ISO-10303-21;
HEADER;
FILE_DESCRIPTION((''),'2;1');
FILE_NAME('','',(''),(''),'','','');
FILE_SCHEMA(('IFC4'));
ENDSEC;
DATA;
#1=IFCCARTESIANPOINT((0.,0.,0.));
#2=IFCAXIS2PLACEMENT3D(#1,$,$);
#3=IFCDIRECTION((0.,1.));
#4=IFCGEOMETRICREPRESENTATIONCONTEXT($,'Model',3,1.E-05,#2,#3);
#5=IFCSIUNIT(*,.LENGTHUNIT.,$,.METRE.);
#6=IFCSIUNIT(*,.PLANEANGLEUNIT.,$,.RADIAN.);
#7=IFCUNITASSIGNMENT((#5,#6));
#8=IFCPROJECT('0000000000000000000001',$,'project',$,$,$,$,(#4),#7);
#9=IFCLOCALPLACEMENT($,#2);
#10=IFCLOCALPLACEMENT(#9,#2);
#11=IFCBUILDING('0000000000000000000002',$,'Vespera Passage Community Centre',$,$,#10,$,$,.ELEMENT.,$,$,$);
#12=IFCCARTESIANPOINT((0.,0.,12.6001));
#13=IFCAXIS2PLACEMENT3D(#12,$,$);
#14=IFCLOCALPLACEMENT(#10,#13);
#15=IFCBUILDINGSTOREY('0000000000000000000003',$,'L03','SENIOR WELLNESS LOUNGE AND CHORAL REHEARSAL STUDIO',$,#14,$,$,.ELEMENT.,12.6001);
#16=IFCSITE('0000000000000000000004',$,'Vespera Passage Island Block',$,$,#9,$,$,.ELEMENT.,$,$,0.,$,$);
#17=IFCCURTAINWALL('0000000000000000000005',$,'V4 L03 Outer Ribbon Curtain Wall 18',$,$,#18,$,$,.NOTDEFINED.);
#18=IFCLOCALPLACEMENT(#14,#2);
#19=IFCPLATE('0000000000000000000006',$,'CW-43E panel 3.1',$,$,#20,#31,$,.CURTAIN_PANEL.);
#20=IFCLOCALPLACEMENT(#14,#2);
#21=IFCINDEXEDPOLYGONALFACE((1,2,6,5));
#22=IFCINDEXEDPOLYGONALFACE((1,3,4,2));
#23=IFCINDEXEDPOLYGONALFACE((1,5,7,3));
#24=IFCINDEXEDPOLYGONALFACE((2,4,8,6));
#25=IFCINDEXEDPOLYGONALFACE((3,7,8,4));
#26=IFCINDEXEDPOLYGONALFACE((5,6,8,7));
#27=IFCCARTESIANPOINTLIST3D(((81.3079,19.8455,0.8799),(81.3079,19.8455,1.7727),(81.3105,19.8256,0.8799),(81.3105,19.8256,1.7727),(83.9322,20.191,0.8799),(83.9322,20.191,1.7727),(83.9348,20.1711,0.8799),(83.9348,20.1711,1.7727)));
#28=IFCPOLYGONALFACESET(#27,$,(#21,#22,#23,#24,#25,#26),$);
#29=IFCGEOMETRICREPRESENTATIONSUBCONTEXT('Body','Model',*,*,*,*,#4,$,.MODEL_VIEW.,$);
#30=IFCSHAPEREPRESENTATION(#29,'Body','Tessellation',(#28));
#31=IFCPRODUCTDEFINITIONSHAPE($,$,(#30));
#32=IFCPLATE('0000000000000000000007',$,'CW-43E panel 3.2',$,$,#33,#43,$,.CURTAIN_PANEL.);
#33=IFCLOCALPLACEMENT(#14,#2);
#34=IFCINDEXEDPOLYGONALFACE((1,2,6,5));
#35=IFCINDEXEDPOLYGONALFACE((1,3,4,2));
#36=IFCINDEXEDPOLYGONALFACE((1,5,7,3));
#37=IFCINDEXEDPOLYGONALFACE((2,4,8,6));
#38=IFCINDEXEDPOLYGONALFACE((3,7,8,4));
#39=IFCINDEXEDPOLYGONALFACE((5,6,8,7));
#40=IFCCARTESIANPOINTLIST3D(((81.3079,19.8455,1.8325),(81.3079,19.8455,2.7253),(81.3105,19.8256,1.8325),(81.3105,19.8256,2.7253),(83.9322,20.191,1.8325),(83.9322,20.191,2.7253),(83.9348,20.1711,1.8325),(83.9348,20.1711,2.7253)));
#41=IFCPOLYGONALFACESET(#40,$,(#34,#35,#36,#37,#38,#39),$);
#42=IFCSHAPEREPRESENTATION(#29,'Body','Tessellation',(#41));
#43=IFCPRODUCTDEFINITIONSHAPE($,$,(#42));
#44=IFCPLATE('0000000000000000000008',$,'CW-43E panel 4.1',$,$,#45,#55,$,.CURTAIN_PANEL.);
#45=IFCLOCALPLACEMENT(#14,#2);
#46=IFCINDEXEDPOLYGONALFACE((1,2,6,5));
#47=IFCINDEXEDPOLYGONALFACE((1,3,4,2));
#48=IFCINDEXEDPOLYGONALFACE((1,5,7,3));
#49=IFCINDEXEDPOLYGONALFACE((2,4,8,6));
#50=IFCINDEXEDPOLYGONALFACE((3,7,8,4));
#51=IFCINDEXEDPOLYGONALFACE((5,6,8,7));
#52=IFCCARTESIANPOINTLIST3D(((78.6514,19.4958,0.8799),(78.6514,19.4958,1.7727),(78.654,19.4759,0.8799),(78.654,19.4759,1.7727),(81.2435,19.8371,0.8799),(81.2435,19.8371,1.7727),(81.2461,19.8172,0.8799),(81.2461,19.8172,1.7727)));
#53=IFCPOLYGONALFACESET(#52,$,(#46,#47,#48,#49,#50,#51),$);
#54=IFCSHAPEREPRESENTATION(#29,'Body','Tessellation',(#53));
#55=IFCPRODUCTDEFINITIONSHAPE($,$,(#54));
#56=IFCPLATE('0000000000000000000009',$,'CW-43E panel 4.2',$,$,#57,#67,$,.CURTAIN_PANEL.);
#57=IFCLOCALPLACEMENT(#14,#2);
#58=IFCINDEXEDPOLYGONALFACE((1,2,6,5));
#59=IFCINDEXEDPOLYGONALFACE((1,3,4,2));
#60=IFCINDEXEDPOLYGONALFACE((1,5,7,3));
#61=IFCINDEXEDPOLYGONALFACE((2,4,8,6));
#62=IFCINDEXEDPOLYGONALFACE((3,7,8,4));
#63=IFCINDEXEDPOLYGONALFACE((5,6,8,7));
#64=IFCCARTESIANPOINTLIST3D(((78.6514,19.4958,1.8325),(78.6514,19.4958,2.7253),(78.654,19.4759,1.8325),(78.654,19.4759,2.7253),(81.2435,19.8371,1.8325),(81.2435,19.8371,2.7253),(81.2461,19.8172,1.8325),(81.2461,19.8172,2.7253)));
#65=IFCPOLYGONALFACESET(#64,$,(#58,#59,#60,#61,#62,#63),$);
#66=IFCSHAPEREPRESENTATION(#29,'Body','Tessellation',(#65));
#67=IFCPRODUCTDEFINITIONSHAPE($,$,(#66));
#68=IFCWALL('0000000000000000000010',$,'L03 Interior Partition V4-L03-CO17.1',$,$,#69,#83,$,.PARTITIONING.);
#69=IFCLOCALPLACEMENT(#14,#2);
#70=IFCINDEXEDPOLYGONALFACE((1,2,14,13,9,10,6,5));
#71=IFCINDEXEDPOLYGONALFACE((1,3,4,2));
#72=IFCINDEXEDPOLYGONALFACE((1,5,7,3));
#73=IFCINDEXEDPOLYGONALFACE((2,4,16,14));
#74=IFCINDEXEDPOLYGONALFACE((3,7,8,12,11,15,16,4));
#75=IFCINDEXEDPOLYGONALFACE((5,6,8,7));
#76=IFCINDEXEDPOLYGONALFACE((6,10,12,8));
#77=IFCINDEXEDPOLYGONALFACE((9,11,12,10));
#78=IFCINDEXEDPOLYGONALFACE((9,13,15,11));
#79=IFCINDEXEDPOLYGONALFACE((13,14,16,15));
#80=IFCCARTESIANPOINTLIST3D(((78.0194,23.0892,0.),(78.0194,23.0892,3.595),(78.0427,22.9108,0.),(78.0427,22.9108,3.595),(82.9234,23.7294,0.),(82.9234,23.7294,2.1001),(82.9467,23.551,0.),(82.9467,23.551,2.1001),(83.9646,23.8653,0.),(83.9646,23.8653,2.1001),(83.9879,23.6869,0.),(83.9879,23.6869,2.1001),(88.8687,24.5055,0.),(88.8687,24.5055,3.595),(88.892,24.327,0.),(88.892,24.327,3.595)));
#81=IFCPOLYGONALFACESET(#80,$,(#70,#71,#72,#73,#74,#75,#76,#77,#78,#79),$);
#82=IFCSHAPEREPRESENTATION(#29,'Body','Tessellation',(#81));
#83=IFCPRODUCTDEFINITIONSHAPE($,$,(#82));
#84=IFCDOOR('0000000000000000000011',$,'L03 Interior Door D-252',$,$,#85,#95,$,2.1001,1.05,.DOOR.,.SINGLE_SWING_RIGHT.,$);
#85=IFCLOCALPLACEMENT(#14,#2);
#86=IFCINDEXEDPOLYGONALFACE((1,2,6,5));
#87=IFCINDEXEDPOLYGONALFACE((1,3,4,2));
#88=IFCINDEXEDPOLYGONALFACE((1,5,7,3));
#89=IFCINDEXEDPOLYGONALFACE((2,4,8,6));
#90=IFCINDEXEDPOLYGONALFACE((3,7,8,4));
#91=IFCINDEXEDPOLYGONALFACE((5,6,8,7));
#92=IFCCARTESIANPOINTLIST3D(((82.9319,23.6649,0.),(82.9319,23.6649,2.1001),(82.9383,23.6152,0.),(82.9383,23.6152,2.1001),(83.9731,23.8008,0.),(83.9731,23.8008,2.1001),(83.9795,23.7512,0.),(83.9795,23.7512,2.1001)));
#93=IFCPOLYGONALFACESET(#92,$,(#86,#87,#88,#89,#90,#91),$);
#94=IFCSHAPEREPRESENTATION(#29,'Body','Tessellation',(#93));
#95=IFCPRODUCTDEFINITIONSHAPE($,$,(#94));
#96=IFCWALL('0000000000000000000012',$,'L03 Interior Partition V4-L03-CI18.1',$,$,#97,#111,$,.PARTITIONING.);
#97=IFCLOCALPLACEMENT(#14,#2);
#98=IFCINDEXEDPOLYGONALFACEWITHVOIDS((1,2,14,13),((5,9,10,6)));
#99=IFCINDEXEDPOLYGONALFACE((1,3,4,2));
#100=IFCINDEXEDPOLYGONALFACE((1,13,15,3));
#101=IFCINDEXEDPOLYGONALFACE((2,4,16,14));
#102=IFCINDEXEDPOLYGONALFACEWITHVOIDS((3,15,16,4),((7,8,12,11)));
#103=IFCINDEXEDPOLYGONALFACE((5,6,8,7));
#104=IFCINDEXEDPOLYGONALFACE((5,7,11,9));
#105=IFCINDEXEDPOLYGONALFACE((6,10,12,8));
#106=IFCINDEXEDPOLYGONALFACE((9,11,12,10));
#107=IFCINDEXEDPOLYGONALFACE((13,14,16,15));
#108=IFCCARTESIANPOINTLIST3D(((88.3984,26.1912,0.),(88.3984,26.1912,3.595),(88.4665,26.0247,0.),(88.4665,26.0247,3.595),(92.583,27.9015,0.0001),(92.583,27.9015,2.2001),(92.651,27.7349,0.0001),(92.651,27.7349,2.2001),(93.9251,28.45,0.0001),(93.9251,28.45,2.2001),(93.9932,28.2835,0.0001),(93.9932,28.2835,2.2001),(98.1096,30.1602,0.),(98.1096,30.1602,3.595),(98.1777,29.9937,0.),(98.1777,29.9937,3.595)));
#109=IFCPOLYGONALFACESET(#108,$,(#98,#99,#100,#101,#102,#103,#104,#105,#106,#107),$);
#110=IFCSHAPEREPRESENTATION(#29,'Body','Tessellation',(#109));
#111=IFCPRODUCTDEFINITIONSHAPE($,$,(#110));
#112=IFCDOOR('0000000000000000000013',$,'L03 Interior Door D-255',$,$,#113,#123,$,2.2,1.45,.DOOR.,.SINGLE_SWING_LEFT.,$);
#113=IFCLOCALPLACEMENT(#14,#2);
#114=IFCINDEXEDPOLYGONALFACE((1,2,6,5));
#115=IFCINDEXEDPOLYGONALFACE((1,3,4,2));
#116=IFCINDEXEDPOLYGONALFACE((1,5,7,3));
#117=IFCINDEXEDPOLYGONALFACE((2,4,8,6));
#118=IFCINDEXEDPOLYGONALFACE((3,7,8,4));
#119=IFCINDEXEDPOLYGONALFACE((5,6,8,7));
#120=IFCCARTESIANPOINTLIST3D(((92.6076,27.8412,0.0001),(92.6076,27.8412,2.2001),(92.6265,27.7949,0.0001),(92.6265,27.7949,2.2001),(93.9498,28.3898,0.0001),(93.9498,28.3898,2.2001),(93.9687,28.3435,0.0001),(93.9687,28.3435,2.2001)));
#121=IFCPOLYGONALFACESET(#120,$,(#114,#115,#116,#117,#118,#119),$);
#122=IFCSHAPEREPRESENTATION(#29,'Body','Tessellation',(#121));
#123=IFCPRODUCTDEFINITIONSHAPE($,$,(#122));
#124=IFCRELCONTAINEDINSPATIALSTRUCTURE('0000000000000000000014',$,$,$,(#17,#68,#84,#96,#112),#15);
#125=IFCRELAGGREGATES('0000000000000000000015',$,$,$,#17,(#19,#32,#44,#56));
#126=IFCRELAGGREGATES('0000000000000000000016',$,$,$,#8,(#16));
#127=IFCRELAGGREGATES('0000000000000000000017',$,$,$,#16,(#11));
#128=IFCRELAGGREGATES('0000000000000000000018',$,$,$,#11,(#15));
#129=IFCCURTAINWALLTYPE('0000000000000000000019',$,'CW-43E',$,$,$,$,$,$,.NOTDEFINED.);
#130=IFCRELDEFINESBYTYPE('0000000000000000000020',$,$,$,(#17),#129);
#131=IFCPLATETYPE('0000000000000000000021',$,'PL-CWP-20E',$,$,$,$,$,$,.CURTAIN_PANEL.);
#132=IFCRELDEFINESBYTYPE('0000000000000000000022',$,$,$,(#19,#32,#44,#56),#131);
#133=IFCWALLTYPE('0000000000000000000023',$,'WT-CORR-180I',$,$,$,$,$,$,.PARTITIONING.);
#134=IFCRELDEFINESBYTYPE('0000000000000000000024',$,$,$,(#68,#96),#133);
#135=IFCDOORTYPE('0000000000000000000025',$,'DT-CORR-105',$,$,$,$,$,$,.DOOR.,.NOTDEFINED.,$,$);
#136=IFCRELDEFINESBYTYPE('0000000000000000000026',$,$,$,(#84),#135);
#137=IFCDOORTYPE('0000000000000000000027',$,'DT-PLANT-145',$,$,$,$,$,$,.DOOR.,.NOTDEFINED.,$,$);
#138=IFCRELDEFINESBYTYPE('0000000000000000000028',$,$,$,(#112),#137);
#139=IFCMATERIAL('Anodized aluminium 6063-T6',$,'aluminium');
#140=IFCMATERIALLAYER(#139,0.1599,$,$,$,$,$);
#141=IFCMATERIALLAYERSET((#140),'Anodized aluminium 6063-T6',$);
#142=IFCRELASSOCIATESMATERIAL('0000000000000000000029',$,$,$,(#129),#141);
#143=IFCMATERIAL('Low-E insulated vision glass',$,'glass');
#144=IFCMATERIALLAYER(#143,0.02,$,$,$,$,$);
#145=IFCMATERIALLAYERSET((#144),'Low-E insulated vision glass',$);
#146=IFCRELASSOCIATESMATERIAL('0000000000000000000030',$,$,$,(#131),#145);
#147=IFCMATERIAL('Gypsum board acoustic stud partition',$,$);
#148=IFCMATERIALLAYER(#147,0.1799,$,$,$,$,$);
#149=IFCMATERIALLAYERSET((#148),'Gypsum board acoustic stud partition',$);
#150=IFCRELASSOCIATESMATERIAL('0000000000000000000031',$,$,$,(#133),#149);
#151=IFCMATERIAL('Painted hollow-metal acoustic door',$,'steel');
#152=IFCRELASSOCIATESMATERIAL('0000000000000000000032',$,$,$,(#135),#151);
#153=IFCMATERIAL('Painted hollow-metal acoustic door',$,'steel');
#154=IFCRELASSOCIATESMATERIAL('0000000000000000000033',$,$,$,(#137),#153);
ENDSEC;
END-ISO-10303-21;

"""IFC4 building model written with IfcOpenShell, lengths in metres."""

from ifc_helpers import new_model, si_unit, direction, frame, frame_2d, origin, origin_2d, place, context, subcontext, project, spatial, rectangle, extrude, material, layer, layer_set, type_object, element, fill, aggregate, save


model = new_model("IFC4")

# Units and contexts
model_context = context("Model", 3, precision=1e-05, world=origin(), true_north=direction((0.0, 1.0)))
body_context = subcontext(model_context, "Body", "Model", "MODEL_VIEW")
ifc_project = project(units=[si_unit("LENGTHUNIT", "METRE"), si_unit("PLANEANGLEUNIT", "RADIAN")], contexts=[model_context])

# Site, building, storey
site_placement = place(None, origin())
site = spatial("IfcSite", under=ifc_project, at=site_placement, Name="Vespera Passage Island Block", CompositionType="ELEMENT", RefElevation=0.0)
building_placement = place(site_placement, origin())
building = spatial("IfcBuilding", under=site, at=building_placement, Name="Vespera Passage Community Centre", CompositionType="ELEMENT")
storey_placement = place(building_placement, frame((0.0, 0.0, 12.6001)))
storey = spatial("IfcBuildingStorey", under=building, at=storey_placement, Name="L03", Description="SENIOR WELLNESS LOUNGE AND CHORAL REHEARSAL STUDIO", CompositionType="ELEMENT", Elevation=12.6001)

# Curtain wall, plates
ifc_material_1 = material(Name="Anodized aluminium 6063-T6", Category="aluminium")
ifc_layer_1 = layer(ifc_material_1, 0.1599)
ifc_layer_set_1 = layer_set([ifc_layer_1], Name="Anodized aluminium 6063-T6")
curtain_wall_type = type_object("IfcCurtainWallType", Name="CW-43E", PredefinedType="NOTDEFINED", material=ifc_layer_set_1)
curtain_wall_placement = place(storey_placement, origin())
curtain_wall = element("IfcCurtainWall", 1, at=curtain_wall_placement, inside=storey, type_object=curtain_wall_type, Name="V4 L03 Outer Ribbon Curtain Wall 18", PredefinedType="NOTDEFINED")
ifc_material_2 = material(Name="Low-E insulated vision glass", Category="glass")
ifc_layer_2 = layer(ifc_material_2, 0.02)
ifc_layer_set_2 = layer_set([ifc_layer_2], Name="Low-E insulated vision glass")
plate_type = type_object("IfcPlateType", Name="PL-CWP-20E", PredefinedType="CURTAIN_PANEL", material=ifc_layer_set_2)
plate_1_placement = place(storey_placement, frame((82.6213, 20.0083, 0.8799), z_axis=(0.0, 0.0, 1.0), x_axis=(-0.991444, -0.130531, 0.0)))
plate_1 = element("IfcPlate", 2, at=plate_1_placement, type_object=plate_type, Name="CW-43E panel 3.1", PredefinedType="CURTAIN_PANEL", context=body_context, shape_type="SweptSolid", body=[
    extrude(rectangle(XDim=2.647, YDim=0.02, at=origin_2d()), origin(), (0.0, 0.0, 1.0), 0.8928),
])
plate_2_placement = place(storey_placement, frame((82.6213, 20.0083, 1.8325), z_axis=(0.0, 0.0, 1.0), x_axis=(-0.991444, -0.130531, 0.0)))
plate_2 = element("IfcPlate", 3, at=plate_2_placement, type_object=plate_type, Name="CW-43E panel 3.2", PredefinedType="CURTAIN_PANEL", context=body_context, shape_type="SweptSolid", body=[
    extrude(rectangle(XDim=2.647, YDim=0.02, at=origin_2d()), origin(), (0.0, 0.0, 1.0), 0.8928),
])
plate_3_placement = place(storey_placement, frame((79.9487, 19.6565, 0.8799), z_axis=(0.0, 0.0, 1.0), x_axis=(-0.991444, -0.130531, 0.0)))
plate_3 = element("IfcPlate", 4, at=plate_3_placement, type_object=plate_type, Name="CW-43E panel 4.1", PredefinedType="CURTAIN_PANEL", context=body_context, shape_type="SweptSolid", body=[
    extrude(rectangle(XDim=2.6145, YDim=0.02, at=origin_2d()), origin(), (0.0, 0.0, 1.0), 0.8928),
])
plate_4_placement = place(storey_placement, frame((79.9487, 19.6565, 1.8325), z_axis=(0.0, 0.0, 1.0), x_axis=(-0.991444, -0.130531, 0.0)))
plate_4 = element("IfcPlate", 5, at=plate_4_placement, type_object=plate_type, Name="CW-43E panel 4.2", PredefinedType="CURTAIN_PANEL", context=body_context, shape_type="SweptSolid", body=[
    extrude(rectangle(XDim=2.6145, YDim=0.02, at=origin_2d()), origin(), (0.0, 0.0, 1.0), 0.8928),
])
aggregate(curtain_wall, [plate_1, plate_2, plate_3, plate_4])

# Walls, openings, doors
ifc_material_3 = material(Name="Gypsum board acoustic stud partition")
ifc_layer_3 = layer(ifc_material_3, 0.1799)
ifc_layer_set_3 = layer_set([ifc_layer_3], Name="Gypsum board acoustic stud partition")
wall_type = type_object("IfcWallType", Name="WT-CORR-180I", PredefinedType="PARTITIONING", material=ifc_layer_set_3)
wall_1_placement = place(storey_placement, frame((78.031, 23.0, 0.0), z_axis=(0.0, 0.0, 1.0), x_axis=(0.991587, 0.12944, 0.0)))
wall_1 = element("IfcWall", 6, at=wall_1_placement, inside=storey, type_object=wall_type, Name="L03 Interior Partition V4-L03-CO17.1", PredefinedType="PARTITIONING", context=body_context, shape_type="SweptSolid", body=[
    extrude(rectangle(XDim=10.9414, YDim=0.1799, at=frame_2d((5.4707, 0.0))), origin(), (0.0, 0.0, 1.0), 3.595),
])
opening_1_placement = place(wall_1_placement, frame((4.9458, 0.0, 0.0)))
opening_1 = element("IfcOpeningElement", 7, at=opening_1_placement, cuts=wall_1, PredefinedType="OPENING", context=body_context, shape_type="SweptSolid", body=[
    extrude(rectangle(XDim=1.05, YDim=2.1001, at=frame_2d((0.5249, 1.05))), frame((0.0, 0.0999, 0.0), z_axis=(0.0, -1.0, 0.0), x_axis=(1.0, 0.0, 0.0)), (0.0, 0.0, 1.0), 0.2),
])
ifc_material_4 = material(Name="Painted hollow-metal acoustic door", Category="steel")
door_type_1 = type_object("IfcDoorType", Name="DT-CORR-105", OperationType="NOTDEFINED", PredefinedType="DOOR", material=ifc_material_4)
door_1_placement = place(opening_1_placement, origin())
door_1 = element("IfcDoor", 8, at=door_1_placement, inside=storey, type_object=door_type_1, Name="L03 Interior Door D-252", OperationType="SINGLE_SWING_RIGHT", OverallHeight=2.1001, OverallWidth=1.05, PredefinedType="DOOR", context=body_context, shape_type="SweptSolid", body=[
    extrude(rectangle(XDim=1.05, YDim=2.1001, at=frame_2d((0.5249, 1.05))), frame((0.0, 0.0249, 0.0), z_axis=(0.0, -1.0, 0.0), x_axis=(1.0, 0.0, 0.0)), (0.0, 0.0, 1.0), 0.05),
])
fill(opening_1, door_1)
wall_2_placement = place(storey_placement, frame((88.4324, 26.1079, 0.0), z_axis=(0.0, 0.0, 1.0), x_axis=(0.925673, 0.378326, 0.0)))
wall_2 = element("IfcWall", 9, at=wall_2_placement, inside=storey, type_object=wall_type, Name="L03 Interior Partition V4-L03-CI18.1", PredefinedType="PARTITIONING", context=body_context, shape_type="SweptSolid", body=[
    extrude(rectangle(XDim=10.491, YDim=0.1799, at=frame_2d((5.2456, 0.0))), origin(), (0.0, 0.0, 1.0), 3.595),
])
opening_2_placement = place(wall_2_placement, frame((4.5205, 0.0, 0.0)))
opening_2 = element("IfcOpeningElement", 10, at=opening_2_placement, cuts=wall_2, PredefinedType="OPENING", context=body_context, shape_type="SweptSolid", body=[
    extrude(rectangle(XDim=1.45, YDim=2.2, at=frame_2d((0.7251, 1.1001))), frame((0.0, 0.0999, 0.0), z_axis=(0.0, -1.0, 0.0), x_axis=(1.0, 0.0, 0.0)), (0.0, 0.0, 1.0), 0.2),
])
ifc_material_5 = material(Name="Painted hollow-metal acoustic door", Category="steel")
door_type_2 = type_object("IfcDoorType", Name="DT-PLANT-145", OperationType="NOTDEFINED", PredefinedType="DOOR", material=ifc_material_5)
door_2_placement = place(opening_2_placement, origin())
door_2 = element("IfcDoor", 11, at=door_2_placement, inside=storey, type_object=door_type_2, Name="L03 Interior Door D-255", OperationType="SINGLE_SWING_LEFT", OverallHeight=2.2, OverallWidth=1.45, PredefinedType="DOOR", context=body_context, shape_type="SweptSolid", body=[
    extrude(rectangle(XDim=1.45, YDim=2.2, at=frame_2d((0.7251, 1.1001))), frame((0.0, 0.0249, 0.0), z_axis=(0.0, -1.0, 0.0), x_axis=(1.0, 0.0, 0.0)), (0.0, 0.0, 1.0), 0.05),
])
fill(opening_2, door_2)

save(model, "model.ifc")
